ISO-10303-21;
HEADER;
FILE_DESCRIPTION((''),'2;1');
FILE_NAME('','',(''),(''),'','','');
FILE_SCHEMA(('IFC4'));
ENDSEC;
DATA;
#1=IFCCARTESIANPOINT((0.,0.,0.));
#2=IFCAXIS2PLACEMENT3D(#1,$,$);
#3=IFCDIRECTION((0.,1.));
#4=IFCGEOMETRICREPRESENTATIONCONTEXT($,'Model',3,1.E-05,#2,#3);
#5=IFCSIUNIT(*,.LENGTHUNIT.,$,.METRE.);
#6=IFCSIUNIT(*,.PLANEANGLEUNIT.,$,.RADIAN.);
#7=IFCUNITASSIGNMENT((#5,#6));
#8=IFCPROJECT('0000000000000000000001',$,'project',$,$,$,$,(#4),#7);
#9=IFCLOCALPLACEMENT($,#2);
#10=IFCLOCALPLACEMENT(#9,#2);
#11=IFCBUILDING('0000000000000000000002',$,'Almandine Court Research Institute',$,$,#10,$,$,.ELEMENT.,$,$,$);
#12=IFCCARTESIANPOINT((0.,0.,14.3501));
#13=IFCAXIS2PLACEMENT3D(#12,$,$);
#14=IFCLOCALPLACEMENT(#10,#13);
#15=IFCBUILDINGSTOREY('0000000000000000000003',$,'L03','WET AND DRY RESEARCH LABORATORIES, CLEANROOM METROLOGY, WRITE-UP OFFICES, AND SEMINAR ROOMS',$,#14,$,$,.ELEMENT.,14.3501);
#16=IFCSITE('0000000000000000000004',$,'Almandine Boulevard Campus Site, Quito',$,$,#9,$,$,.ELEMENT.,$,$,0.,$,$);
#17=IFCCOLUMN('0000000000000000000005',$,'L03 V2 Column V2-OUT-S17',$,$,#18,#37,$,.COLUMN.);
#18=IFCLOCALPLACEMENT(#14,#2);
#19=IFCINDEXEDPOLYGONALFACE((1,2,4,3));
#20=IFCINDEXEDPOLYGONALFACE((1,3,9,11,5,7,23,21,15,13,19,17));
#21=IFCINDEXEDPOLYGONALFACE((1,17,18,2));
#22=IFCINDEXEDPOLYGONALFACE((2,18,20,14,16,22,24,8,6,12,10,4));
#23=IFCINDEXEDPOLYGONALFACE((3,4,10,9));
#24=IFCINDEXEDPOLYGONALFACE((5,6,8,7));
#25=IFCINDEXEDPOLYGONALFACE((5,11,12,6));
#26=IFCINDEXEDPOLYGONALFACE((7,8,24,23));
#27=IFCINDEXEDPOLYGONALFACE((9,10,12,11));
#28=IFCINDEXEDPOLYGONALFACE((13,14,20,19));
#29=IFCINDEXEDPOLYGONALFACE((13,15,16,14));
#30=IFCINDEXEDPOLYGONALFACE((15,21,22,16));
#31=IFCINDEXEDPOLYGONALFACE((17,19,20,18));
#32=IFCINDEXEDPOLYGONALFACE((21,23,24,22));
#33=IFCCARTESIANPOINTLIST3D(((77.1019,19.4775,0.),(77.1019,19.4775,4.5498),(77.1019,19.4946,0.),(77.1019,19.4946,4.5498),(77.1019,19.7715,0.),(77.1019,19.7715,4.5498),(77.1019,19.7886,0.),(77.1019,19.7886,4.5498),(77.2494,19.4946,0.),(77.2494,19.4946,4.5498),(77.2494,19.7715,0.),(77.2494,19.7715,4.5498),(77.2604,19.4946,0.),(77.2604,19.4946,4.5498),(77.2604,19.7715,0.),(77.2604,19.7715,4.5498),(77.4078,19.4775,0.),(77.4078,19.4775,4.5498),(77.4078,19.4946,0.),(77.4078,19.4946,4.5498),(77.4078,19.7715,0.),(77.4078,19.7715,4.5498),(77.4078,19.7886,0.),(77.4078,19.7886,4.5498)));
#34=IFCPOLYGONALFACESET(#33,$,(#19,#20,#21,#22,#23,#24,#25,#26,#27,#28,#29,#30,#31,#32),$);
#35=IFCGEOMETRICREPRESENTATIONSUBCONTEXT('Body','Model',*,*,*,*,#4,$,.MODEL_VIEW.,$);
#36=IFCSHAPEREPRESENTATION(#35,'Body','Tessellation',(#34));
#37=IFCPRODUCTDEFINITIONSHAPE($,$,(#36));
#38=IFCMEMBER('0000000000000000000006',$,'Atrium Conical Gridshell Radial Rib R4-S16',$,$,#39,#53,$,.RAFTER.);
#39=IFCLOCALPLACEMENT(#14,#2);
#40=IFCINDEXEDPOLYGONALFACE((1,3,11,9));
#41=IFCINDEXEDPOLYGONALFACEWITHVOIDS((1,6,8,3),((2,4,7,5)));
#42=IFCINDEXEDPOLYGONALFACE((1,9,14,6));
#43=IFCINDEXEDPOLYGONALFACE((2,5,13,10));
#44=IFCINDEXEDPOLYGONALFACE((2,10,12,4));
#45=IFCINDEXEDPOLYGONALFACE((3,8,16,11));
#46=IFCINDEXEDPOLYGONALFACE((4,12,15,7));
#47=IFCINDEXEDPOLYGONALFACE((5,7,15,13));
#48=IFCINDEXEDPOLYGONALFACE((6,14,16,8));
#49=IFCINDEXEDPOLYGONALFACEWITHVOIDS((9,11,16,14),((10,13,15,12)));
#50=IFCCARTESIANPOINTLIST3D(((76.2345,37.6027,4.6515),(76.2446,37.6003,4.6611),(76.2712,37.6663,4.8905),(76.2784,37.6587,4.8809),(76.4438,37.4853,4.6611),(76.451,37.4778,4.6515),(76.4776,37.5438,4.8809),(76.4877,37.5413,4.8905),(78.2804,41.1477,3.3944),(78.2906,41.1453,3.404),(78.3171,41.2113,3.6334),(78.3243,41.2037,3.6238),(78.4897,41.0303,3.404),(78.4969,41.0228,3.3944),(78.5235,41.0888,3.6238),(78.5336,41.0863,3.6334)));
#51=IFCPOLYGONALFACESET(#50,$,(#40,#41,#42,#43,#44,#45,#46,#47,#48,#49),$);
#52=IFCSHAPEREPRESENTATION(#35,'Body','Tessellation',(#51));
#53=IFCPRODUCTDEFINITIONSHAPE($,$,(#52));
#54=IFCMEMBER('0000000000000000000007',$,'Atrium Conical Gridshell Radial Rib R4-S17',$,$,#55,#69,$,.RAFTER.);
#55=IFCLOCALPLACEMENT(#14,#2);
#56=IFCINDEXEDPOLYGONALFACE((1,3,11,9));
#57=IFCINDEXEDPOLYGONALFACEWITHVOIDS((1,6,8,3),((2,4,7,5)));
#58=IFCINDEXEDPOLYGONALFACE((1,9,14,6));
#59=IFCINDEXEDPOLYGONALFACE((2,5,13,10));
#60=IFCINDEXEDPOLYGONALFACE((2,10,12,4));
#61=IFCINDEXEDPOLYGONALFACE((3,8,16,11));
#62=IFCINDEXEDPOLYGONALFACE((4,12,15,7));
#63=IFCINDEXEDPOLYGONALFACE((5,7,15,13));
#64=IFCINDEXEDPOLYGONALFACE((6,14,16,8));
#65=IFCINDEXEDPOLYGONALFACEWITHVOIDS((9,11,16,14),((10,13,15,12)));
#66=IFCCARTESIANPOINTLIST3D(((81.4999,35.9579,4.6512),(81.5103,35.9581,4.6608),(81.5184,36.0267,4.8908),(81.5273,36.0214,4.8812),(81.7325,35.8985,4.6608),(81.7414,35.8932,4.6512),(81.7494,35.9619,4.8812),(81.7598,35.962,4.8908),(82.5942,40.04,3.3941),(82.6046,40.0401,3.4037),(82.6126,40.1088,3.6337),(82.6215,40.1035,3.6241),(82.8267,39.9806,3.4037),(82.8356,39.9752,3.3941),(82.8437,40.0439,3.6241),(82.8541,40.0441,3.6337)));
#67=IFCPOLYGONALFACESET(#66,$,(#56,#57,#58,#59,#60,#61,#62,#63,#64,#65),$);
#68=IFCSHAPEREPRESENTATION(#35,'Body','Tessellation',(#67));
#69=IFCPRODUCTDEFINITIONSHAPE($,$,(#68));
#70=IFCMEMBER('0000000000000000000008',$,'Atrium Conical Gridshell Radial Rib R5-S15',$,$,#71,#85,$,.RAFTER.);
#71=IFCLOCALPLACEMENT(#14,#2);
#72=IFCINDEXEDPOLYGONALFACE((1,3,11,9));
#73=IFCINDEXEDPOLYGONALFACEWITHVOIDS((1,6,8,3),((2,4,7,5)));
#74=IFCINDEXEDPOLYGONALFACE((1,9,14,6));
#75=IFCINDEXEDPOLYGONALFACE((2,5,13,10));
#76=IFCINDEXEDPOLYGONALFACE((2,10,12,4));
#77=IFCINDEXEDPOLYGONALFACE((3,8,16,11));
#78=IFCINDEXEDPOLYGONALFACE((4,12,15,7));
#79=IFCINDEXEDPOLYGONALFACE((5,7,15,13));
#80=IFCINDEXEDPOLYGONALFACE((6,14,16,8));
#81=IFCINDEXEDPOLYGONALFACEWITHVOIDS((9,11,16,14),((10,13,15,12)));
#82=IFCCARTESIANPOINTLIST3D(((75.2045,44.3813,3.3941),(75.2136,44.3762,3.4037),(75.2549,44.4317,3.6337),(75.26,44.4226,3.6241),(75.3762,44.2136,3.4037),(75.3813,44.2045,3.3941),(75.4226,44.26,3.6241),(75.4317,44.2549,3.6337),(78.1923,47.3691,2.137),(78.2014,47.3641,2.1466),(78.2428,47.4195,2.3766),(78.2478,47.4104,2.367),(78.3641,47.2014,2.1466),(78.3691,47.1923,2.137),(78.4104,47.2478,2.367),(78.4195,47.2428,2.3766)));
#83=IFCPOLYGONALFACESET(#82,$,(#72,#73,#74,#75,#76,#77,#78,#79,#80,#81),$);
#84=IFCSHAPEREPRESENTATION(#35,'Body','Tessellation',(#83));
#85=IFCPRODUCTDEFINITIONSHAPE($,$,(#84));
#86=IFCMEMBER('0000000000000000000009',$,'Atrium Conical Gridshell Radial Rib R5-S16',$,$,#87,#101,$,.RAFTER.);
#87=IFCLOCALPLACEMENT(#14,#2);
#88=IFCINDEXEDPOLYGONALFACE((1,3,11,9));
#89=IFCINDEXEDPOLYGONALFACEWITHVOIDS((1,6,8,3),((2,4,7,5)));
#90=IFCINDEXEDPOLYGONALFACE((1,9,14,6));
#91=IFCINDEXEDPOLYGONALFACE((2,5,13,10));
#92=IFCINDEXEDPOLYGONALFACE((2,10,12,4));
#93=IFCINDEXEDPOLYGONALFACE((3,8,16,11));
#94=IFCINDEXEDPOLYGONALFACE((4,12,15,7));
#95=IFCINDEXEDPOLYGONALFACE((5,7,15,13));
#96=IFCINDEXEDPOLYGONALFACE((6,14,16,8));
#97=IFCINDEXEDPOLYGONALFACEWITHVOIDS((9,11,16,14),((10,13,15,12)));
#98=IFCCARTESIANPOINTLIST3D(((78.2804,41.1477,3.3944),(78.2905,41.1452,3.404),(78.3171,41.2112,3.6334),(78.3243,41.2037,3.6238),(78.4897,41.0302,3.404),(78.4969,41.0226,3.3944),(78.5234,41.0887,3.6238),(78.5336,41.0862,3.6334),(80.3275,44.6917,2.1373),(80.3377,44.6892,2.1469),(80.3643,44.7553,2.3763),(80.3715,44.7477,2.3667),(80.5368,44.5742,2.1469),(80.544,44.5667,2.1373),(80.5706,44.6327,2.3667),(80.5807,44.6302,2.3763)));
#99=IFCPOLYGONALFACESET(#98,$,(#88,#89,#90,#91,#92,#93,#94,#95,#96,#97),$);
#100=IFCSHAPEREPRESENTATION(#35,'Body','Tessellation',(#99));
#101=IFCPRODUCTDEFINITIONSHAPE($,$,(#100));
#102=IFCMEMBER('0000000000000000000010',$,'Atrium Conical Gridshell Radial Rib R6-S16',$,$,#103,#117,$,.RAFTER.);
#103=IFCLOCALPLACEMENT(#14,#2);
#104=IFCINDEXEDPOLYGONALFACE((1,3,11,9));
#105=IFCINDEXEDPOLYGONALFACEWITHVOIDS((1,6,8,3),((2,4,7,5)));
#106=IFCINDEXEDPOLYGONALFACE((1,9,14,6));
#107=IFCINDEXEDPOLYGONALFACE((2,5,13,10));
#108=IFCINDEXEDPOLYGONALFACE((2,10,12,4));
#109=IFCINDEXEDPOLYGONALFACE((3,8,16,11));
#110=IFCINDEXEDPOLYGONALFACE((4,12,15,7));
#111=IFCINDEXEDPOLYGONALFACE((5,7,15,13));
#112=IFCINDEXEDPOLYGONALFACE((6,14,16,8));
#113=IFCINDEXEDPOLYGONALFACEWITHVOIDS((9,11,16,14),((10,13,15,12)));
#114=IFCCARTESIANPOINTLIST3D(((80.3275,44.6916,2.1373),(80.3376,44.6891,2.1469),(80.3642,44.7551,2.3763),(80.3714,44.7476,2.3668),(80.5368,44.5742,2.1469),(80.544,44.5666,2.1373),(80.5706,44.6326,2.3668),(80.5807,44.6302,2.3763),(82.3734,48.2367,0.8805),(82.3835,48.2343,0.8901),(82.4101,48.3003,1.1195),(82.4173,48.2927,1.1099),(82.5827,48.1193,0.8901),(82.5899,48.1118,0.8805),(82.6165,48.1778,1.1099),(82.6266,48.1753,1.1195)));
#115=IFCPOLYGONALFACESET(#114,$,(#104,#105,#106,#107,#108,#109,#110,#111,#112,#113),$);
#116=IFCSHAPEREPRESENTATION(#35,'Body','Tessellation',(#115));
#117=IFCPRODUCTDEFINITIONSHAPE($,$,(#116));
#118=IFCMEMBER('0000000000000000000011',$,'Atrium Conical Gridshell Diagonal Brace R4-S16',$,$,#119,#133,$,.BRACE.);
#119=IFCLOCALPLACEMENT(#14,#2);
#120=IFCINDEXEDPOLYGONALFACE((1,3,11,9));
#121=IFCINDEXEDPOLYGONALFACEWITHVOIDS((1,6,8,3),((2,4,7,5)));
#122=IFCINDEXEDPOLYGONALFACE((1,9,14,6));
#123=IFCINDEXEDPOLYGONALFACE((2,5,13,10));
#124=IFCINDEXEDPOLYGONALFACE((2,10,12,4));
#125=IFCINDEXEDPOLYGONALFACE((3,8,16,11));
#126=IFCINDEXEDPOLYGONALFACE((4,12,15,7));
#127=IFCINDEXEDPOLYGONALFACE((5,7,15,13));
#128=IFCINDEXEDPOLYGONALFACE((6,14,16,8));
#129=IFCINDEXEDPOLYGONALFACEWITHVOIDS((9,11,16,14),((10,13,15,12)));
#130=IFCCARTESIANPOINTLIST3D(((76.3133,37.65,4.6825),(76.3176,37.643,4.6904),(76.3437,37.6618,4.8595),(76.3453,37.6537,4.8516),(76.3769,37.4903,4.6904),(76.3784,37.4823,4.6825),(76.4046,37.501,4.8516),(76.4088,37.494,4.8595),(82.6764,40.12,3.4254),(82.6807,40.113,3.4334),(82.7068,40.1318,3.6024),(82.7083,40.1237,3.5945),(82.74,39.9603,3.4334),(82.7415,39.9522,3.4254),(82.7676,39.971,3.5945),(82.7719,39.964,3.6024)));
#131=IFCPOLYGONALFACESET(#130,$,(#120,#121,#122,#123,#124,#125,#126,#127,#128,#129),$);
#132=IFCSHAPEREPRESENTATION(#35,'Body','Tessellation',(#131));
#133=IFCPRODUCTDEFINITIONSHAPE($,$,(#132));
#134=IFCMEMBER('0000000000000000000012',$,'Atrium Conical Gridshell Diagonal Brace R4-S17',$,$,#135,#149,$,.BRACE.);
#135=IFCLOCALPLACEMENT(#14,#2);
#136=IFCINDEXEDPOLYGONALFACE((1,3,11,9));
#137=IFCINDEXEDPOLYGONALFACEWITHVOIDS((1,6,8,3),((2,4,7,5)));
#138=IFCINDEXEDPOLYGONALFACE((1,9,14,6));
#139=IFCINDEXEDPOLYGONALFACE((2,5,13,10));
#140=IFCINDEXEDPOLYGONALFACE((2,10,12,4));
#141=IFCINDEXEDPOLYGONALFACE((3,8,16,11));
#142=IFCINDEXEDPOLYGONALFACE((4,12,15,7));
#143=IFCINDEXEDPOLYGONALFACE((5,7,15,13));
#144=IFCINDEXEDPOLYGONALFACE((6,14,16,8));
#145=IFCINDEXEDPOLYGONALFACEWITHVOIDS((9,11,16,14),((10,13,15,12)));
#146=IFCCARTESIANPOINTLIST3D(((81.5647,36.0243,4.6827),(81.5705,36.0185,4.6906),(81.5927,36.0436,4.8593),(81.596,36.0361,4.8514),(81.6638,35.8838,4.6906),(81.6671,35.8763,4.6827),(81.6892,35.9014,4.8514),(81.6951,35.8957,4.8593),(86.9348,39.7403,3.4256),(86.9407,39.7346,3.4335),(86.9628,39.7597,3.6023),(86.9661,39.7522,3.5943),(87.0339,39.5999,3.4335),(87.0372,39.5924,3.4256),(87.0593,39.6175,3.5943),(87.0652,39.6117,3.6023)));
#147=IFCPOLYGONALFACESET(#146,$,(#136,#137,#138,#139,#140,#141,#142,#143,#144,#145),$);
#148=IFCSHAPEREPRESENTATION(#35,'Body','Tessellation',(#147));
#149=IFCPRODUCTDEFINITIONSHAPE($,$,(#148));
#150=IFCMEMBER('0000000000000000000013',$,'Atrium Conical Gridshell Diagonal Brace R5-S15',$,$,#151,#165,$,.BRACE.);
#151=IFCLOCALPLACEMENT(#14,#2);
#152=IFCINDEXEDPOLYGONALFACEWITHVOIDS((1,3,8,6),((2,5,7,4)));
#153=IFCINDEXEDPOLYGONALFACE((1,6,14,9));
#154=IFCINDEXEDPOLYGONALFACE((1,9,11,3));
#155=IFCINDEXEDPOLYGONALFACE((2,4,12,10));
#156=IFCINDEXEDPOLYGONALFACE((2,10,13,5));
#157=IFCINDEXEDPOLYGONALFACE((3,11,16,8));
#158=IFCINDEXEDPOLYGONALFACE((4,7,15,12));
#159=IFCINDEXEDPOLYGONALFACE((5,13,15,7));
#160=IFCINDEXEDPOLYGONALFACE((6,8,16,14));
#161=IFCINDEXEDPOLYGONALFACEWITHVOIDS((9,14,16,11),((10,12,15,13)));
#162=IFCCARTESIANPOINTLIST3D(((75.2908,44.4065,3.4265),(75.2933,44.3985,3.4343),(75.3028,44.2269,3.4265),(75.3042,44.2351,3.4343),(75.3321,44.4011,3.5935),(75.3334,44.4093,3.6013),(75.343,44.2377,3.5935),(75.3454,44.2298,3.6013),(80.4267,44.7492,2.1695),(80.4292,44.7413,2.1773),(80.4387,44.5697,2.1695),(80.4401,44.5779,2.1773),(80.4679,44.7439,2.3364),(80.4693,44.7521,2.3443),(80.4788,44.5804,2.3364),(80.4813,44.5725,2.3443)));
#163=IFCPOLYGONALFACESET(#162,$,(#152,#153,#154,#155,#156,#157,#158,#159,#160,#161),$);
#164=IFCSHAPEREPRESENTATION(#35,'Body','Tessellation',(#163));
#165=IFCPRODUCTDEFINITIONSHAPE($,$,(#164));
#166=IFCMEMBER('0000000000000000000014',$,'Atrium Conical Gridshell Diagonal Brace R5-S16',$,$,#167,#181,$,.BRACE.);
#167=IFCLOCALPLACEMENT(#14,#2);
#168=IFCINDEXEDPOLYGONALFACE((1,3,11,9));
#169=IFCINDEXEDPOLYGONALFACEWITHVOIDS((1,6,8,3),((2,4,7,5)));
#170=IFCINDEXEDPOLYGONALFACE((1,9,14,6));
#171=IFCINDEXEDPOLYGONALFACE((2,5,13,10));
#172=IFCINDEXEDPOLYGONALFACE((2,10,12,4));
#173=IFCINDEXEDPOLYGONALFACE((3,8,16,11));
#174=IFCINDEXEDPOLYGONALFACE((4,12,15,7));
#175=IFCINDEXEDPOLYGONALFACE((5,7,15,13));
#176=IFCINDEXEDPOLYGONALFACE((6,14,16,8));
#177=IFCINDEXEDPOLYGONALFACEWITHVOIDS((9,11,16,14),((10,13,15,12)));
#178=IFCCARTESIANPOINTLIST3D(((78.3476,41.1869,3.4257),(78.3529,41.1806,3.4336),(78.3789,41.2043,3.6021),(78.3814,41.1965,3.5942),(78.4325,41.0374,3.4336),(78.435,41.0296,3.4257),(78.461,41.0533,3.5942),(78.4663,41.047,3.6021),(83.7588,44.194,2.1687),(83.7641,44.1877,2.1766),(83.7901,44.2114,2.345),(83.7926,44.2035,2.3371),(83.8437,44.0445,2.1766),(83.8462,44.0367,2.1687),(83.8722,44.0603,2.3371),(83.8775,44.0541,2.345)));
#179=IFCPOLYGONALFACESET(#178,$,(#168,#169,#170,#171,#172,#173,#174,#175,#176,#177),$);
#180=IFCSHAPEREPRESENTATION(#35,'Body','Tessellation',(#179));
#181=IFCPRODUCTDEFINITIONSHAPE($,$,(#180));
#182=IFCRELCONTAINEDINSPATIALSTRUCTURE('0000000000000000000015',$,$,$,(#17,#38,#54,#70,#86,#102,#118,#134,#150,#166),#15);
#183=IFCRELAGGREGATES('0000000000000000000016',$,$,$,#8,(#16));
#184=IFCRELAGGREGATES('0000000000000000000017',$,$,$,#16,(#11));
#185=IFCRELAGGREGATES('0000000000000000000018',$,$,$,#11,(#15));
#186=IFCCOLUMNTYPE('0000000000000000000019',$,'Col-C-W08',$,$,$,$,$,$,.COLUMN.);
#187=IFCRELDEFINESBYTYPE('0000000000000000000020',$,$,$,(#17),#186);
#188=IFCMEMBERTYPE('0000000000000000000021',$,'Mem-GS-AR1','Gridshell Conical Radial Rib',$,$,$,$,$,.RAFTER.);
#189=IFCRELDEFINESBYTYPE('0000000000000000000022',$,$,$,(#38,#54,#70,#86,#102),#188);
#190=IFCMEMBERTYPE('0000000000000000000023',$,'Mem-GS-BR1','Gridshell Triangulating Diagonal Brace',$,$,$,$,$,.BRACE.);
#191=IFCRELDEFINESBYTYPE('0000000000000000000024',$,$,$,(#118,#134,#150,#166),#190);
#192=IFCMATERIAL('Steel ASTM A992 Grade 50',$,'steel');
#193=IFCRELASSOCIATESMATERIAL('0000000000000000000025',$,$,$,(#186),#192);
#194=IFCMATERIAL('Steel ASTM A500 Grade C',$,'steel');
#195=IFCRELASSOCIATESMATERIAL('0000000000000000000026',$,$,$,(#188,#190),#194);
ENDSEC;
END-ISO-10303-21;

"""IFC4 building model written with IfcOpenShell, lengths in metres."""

from ifc_helpers import new_model, si_unit, direction, frame, origin, origin_2d, place, context, subcontext, project, spatial, hollow_rectangle, i_section, extrude, material, material_profile, profile_set, type_object, element, save


model = new_model("IFC4")

# Units and contexts
model_context = context("Model", 3, precision=1e-05, world=origin(), true_north=direction((0.0, 1.0)))
body_context = subcontext(model_context, "Body", "Model", "MODEL_VIEW")
ifc_project = project(units=[si_unit("LENGTHUNIT", "METRE"), si_unit("PLANEANGLEUNIT", "RADIAN")], contexts=[model_context])

# Site, building, storey
site_placement = place(None, origin())
site = spatial("IfcSite", under=ifc_project, at=site_placement, Name="Almandine Boulevard Campus Site, Quito", CompositionType="ELEMENT", RefElevation=0.0)
building_placement = place(site_placement, origin())
building = spatial("IfcBuilding", under=site, at=building_placement, Name="Almandine Court Research Institute", CompositionType="ELEMENT")
storey_placement = place(building_placement, frame((0.0, 0.0, 14.3501)))
storey = spatial("IfcBuildingStorey", under=building, at=storey_placement, Name="L03", Description="WET AND DRY RESEARCH LABORATORIES, CLEANROOM METROLOGY, WRITE-UP OFFICES, AND SEMINAR ROOMS", CompositionType="ELEMENT", Elevation=14.3501)

# Column
ifc_material_1 = material(Name="Steel ASTM A992 Grade 50", Category="steel")
ifc_material_profile_1 = material_profile(ifc_material_1, i_section(OverallWidth=0.3059, OverallDepth=0.311, WebThickness=0.011, FlangeThickness=0.0171, at=origin_2d()), Name="W310x107")
ifc_profile_set_1 = profile_set([ifc_material_profile_1], Name="Steel ASTM A992 Grade 50")
column_type = type_object("IfcColumnType", Name="Col-C-W08", PredefinedType="COLUMN", material=ifc_profile_set_1)
column_placement = place(storey_placement, frame((77.2549, 19.6331, 0.0), z_axis=(0.0, 0.0, 1.0), x_axis=(1.0, 0.0, 0.0)))
element("IfcColumn", 1, at=column_placement, inside=storey, type_object=column_type, Name="L03 V2 Column V2-OUT-S17", PredefinedType="COLUMN", context=body_context, shape_type="SweptSolid", body=[
    extrude(i_section(OverallWidth=0.3059, OverallDepth=0.311, WebThickness=0.011, FlangeThickness=0.0171, at=origin_2d()), origin(), (0.0, 0.0, 1.0), 4.5498),
])

# Members
ifc_material_2 = material(Name="Steel ASTM A500 Grade C", Category="steel")
ifc_material_profile_2 = material_profile(ifc_material_2, hollow_rectangle(XDim=0.25, YDim=0.25, WallThickness=0.01, at=origin_2d()), Name="HSS 250x250x10")
ifc_profile_set_2 = profile_set([ifc_material_profile_2], Name="Steel ASTM A500 Grade C")
member_type_1 = type_object("IfcMemberType", Name="Mem-GS-AR1", Description="Gridshell Conical Radial Rib", PredefinedType="RAFTER", material=ifc_profile_set_2)
member_1_placement = place(storey_placement, frame((76.3611, 37.572, 4.771), z_axis=(0.477831, 0.827936, -0.293598), x_axis=(-0.866106, 0.49986, 0.0)))
element("IfcMember", 2, at=member_1_placement, inside=storey, type_object=member_type_1, Name="Atrium Conical Gridshell Radial Rib R4-S16", PredefinedType="RAFTER", context=body_context, shape_type="SweptSolid", body=[
    extrude(hollow_rectangle(XDim=0.25, YDim=0.25, WallThickness=0.01, at=origin_2d()), origin(), (0.0, 0.0, 1.0), 4.2817),
])
member_2_placement = place(storey_placement, frame((81.6299, 35.96, 4.771), z_axis=(0.248175, 0.92581, -0.285107), x_axis=(-0.965899, 0.258921, 0.0)))
element("IfcMember", 3, at=member_2_placement, inside=storey, type_object=member_type_1, Name="Atrium Conical Gridshell Radial Rib R4-S17", PredefinedType="RAFTER", context=body_context, shape_type="SweptSolid", body=[
    extrude(hollow_rectangle(XDim=0.25, YDim=0.25, WallThickness=0.01, at=origin_2d()), origin(), (0.0, 0.0, 1.0), 4.4092),
])
member_3_placement = place(storey_placement, frame((75.3181, 44.3181, 3.5139), z_axis=(0.677749, 0.677749, -0.285155), x_axis=(-0.707107, 0.707107, 0.0)))
element("IfcMember", 4, at=member_3_placement, inside=storey, type_object=member_type_1, Name="Atrium Conical Gridshell Radial Rib R5-S15", PredefinedType="RAFTER", context=body_context, shape_type="SweptSolid", body=[
    extrude(hollow_rectangle(XDim=0.25, YDim=0.25, WallThickness=0.01, at=origin_2d()), origin(), (0.0, 0.0, 1.0), 4.4084),
])
member_4_placement = place(storey_placement, frame((78.407, 41.1169, 3.5139), z_axis=(0.478141, 0.827751, -0.293613), x_axis=(-0.865917, 0.500187, 0.0)))
element("IfcMember", 5, at=member_4_placement, inside=storey, type_object=member_type_1, Name="Atrium Conical Gridshell Radial Rib R5-S16", PredefinedType="RAFTER", context=body_context, shape_type="SweptSolid", body=[
    extrude(hollow_rectangle(XDim=0.25, YDim=0.25, WallThickness=0.01, at=origin_2d()), origin(), (0.0, 0.0, 1.0), 4.2815),
])
member_5_placement = place(storey_placement, frame((80.4541, 44.6609, 2.2568), z_axis=(0.477816, 0.827968, -0.293532), x_axis=(-0.866121, 0.499834, 0.0)))
element("IfcMember", 6, at=member_5_placement, inside=storey, type_object=member_type_1, Name="Atrium Conical Gridshell Radial Rib R6-S16", PredefinedType="RAFTER", context=body_context, shape_type="SweptSolid", body=[
    extrude(hollow_rectangle(XDim=0.25, YDim=0.25, WallThickness=0.01, at=origin_2d()), origin(), (0.0, 0.0, 1.0), 4.2817),
])
ifc_material_profile_3 = material_profile(ifc_material_2, hollow_rectangle(XDim=0.1799, YDim=0.1799, WallThickness=0.0081, at=origin_2d()), Name="HSS 180x180x8")
ifc_profile_set_3 = profile_set([ifc_material_profile_3], Name="Steel ASTM A500 Grade C")
member_type_2 = type_object("IfcMemberType", Name="Mem-GS-BR1", Description="Gridshell Triangulating Diagonal Brace", PredefinedType="BRACE", material=ifc_profile_set_3)
member_6_placement = place(storey_placement, frame((76.3611, 37.572, 4.771), z_axis=(0.91681, 0.355883, -0.181125), x_axis=(-0.361868, 0.932229, 0.0)))
element("IfcMember", 7, at=member_6_placement, inside=storey, type_object=member_type_2, Name="Atrium Conical Gridshell Diagonal Brace R4-S16", PredefinedType="BRACE", context=body_context, shape_type="SweptSolid", body=[
    extrude(hollow_rectangle(XDim=0.1799, YDim=0.1799, WallThickness=0.0081, at=origin_2d()), origin(), (0.0, 0.0, 1.0), 6.9404),
])
member_7_placement = place(storey_placement, frame((81.6299, 35.96, 4.771), z_axis=(0.80749, 0.558775, -0.189024), x_axis=(-0.569033, 0.822315, 0.0)))
element("IfcMember", 8, at=member_7_placement, inside=storey, type_object=member_type_2, Name="Atrium Conical Gridshell Diagonal Brace R4-S17", PredefinedType="BRACE", context=body_context, shape_type="SweptSolid", body=[
    extrude(hollow_rectangle(XDim=0.1799, YDim=0.1799, WallThickness=0.0081, at=origin_2d()), origin(), (0.0, 0.0, 1.0), 6.6504),
])
member_8_placement = place(storey_placement, frame((75.3181, 44.3181, 3.5139), z_axis=(0.969294, 0.06469, -0.237244), x_axis=(-0.066591, 0.99778, 0.0)))
element("IfcMember", 9, at=member_8_placement, inside=storey, type_object=member_type_2, Name="Atrium Conical Gridshell Diagonal Brace R5-S15", PredefinedType="BRACE", context=body_context, shape_type="SweptSolid", body=[
    extrude(hollow_rectangle(XDim=0.1799, YDim=0.1799, WallThickness=0.0081, at=origin_2d()), origin(), (0.0, 0.0, 1.0), 5.2986),
])
member_9_placement = place(storey_placement, frame((78.407, 41.1169, 3.5139), z_axis=(0.856613, 0.476038, -0.199003), x_axis=(-0.485753, 0.874096, 0.0)))
element("IfcMember", 10, at=member_9_placement, inside=storey, type_object=member_type_2, Name="Atrium Conical Gridshell Diagonal Brace R5-S16", PredefinedType="BRACE", context=body_context, shape_type="SweptSolid", body=[
    extrude(hollow_rectangle(XDim=0.1799, YDim=0.1799, WallThickness=0.0081, at=origin_2d()), origin(), (0.0, 0.0, 1.0), 6.3169),
])

save(model, "model.ifc")
